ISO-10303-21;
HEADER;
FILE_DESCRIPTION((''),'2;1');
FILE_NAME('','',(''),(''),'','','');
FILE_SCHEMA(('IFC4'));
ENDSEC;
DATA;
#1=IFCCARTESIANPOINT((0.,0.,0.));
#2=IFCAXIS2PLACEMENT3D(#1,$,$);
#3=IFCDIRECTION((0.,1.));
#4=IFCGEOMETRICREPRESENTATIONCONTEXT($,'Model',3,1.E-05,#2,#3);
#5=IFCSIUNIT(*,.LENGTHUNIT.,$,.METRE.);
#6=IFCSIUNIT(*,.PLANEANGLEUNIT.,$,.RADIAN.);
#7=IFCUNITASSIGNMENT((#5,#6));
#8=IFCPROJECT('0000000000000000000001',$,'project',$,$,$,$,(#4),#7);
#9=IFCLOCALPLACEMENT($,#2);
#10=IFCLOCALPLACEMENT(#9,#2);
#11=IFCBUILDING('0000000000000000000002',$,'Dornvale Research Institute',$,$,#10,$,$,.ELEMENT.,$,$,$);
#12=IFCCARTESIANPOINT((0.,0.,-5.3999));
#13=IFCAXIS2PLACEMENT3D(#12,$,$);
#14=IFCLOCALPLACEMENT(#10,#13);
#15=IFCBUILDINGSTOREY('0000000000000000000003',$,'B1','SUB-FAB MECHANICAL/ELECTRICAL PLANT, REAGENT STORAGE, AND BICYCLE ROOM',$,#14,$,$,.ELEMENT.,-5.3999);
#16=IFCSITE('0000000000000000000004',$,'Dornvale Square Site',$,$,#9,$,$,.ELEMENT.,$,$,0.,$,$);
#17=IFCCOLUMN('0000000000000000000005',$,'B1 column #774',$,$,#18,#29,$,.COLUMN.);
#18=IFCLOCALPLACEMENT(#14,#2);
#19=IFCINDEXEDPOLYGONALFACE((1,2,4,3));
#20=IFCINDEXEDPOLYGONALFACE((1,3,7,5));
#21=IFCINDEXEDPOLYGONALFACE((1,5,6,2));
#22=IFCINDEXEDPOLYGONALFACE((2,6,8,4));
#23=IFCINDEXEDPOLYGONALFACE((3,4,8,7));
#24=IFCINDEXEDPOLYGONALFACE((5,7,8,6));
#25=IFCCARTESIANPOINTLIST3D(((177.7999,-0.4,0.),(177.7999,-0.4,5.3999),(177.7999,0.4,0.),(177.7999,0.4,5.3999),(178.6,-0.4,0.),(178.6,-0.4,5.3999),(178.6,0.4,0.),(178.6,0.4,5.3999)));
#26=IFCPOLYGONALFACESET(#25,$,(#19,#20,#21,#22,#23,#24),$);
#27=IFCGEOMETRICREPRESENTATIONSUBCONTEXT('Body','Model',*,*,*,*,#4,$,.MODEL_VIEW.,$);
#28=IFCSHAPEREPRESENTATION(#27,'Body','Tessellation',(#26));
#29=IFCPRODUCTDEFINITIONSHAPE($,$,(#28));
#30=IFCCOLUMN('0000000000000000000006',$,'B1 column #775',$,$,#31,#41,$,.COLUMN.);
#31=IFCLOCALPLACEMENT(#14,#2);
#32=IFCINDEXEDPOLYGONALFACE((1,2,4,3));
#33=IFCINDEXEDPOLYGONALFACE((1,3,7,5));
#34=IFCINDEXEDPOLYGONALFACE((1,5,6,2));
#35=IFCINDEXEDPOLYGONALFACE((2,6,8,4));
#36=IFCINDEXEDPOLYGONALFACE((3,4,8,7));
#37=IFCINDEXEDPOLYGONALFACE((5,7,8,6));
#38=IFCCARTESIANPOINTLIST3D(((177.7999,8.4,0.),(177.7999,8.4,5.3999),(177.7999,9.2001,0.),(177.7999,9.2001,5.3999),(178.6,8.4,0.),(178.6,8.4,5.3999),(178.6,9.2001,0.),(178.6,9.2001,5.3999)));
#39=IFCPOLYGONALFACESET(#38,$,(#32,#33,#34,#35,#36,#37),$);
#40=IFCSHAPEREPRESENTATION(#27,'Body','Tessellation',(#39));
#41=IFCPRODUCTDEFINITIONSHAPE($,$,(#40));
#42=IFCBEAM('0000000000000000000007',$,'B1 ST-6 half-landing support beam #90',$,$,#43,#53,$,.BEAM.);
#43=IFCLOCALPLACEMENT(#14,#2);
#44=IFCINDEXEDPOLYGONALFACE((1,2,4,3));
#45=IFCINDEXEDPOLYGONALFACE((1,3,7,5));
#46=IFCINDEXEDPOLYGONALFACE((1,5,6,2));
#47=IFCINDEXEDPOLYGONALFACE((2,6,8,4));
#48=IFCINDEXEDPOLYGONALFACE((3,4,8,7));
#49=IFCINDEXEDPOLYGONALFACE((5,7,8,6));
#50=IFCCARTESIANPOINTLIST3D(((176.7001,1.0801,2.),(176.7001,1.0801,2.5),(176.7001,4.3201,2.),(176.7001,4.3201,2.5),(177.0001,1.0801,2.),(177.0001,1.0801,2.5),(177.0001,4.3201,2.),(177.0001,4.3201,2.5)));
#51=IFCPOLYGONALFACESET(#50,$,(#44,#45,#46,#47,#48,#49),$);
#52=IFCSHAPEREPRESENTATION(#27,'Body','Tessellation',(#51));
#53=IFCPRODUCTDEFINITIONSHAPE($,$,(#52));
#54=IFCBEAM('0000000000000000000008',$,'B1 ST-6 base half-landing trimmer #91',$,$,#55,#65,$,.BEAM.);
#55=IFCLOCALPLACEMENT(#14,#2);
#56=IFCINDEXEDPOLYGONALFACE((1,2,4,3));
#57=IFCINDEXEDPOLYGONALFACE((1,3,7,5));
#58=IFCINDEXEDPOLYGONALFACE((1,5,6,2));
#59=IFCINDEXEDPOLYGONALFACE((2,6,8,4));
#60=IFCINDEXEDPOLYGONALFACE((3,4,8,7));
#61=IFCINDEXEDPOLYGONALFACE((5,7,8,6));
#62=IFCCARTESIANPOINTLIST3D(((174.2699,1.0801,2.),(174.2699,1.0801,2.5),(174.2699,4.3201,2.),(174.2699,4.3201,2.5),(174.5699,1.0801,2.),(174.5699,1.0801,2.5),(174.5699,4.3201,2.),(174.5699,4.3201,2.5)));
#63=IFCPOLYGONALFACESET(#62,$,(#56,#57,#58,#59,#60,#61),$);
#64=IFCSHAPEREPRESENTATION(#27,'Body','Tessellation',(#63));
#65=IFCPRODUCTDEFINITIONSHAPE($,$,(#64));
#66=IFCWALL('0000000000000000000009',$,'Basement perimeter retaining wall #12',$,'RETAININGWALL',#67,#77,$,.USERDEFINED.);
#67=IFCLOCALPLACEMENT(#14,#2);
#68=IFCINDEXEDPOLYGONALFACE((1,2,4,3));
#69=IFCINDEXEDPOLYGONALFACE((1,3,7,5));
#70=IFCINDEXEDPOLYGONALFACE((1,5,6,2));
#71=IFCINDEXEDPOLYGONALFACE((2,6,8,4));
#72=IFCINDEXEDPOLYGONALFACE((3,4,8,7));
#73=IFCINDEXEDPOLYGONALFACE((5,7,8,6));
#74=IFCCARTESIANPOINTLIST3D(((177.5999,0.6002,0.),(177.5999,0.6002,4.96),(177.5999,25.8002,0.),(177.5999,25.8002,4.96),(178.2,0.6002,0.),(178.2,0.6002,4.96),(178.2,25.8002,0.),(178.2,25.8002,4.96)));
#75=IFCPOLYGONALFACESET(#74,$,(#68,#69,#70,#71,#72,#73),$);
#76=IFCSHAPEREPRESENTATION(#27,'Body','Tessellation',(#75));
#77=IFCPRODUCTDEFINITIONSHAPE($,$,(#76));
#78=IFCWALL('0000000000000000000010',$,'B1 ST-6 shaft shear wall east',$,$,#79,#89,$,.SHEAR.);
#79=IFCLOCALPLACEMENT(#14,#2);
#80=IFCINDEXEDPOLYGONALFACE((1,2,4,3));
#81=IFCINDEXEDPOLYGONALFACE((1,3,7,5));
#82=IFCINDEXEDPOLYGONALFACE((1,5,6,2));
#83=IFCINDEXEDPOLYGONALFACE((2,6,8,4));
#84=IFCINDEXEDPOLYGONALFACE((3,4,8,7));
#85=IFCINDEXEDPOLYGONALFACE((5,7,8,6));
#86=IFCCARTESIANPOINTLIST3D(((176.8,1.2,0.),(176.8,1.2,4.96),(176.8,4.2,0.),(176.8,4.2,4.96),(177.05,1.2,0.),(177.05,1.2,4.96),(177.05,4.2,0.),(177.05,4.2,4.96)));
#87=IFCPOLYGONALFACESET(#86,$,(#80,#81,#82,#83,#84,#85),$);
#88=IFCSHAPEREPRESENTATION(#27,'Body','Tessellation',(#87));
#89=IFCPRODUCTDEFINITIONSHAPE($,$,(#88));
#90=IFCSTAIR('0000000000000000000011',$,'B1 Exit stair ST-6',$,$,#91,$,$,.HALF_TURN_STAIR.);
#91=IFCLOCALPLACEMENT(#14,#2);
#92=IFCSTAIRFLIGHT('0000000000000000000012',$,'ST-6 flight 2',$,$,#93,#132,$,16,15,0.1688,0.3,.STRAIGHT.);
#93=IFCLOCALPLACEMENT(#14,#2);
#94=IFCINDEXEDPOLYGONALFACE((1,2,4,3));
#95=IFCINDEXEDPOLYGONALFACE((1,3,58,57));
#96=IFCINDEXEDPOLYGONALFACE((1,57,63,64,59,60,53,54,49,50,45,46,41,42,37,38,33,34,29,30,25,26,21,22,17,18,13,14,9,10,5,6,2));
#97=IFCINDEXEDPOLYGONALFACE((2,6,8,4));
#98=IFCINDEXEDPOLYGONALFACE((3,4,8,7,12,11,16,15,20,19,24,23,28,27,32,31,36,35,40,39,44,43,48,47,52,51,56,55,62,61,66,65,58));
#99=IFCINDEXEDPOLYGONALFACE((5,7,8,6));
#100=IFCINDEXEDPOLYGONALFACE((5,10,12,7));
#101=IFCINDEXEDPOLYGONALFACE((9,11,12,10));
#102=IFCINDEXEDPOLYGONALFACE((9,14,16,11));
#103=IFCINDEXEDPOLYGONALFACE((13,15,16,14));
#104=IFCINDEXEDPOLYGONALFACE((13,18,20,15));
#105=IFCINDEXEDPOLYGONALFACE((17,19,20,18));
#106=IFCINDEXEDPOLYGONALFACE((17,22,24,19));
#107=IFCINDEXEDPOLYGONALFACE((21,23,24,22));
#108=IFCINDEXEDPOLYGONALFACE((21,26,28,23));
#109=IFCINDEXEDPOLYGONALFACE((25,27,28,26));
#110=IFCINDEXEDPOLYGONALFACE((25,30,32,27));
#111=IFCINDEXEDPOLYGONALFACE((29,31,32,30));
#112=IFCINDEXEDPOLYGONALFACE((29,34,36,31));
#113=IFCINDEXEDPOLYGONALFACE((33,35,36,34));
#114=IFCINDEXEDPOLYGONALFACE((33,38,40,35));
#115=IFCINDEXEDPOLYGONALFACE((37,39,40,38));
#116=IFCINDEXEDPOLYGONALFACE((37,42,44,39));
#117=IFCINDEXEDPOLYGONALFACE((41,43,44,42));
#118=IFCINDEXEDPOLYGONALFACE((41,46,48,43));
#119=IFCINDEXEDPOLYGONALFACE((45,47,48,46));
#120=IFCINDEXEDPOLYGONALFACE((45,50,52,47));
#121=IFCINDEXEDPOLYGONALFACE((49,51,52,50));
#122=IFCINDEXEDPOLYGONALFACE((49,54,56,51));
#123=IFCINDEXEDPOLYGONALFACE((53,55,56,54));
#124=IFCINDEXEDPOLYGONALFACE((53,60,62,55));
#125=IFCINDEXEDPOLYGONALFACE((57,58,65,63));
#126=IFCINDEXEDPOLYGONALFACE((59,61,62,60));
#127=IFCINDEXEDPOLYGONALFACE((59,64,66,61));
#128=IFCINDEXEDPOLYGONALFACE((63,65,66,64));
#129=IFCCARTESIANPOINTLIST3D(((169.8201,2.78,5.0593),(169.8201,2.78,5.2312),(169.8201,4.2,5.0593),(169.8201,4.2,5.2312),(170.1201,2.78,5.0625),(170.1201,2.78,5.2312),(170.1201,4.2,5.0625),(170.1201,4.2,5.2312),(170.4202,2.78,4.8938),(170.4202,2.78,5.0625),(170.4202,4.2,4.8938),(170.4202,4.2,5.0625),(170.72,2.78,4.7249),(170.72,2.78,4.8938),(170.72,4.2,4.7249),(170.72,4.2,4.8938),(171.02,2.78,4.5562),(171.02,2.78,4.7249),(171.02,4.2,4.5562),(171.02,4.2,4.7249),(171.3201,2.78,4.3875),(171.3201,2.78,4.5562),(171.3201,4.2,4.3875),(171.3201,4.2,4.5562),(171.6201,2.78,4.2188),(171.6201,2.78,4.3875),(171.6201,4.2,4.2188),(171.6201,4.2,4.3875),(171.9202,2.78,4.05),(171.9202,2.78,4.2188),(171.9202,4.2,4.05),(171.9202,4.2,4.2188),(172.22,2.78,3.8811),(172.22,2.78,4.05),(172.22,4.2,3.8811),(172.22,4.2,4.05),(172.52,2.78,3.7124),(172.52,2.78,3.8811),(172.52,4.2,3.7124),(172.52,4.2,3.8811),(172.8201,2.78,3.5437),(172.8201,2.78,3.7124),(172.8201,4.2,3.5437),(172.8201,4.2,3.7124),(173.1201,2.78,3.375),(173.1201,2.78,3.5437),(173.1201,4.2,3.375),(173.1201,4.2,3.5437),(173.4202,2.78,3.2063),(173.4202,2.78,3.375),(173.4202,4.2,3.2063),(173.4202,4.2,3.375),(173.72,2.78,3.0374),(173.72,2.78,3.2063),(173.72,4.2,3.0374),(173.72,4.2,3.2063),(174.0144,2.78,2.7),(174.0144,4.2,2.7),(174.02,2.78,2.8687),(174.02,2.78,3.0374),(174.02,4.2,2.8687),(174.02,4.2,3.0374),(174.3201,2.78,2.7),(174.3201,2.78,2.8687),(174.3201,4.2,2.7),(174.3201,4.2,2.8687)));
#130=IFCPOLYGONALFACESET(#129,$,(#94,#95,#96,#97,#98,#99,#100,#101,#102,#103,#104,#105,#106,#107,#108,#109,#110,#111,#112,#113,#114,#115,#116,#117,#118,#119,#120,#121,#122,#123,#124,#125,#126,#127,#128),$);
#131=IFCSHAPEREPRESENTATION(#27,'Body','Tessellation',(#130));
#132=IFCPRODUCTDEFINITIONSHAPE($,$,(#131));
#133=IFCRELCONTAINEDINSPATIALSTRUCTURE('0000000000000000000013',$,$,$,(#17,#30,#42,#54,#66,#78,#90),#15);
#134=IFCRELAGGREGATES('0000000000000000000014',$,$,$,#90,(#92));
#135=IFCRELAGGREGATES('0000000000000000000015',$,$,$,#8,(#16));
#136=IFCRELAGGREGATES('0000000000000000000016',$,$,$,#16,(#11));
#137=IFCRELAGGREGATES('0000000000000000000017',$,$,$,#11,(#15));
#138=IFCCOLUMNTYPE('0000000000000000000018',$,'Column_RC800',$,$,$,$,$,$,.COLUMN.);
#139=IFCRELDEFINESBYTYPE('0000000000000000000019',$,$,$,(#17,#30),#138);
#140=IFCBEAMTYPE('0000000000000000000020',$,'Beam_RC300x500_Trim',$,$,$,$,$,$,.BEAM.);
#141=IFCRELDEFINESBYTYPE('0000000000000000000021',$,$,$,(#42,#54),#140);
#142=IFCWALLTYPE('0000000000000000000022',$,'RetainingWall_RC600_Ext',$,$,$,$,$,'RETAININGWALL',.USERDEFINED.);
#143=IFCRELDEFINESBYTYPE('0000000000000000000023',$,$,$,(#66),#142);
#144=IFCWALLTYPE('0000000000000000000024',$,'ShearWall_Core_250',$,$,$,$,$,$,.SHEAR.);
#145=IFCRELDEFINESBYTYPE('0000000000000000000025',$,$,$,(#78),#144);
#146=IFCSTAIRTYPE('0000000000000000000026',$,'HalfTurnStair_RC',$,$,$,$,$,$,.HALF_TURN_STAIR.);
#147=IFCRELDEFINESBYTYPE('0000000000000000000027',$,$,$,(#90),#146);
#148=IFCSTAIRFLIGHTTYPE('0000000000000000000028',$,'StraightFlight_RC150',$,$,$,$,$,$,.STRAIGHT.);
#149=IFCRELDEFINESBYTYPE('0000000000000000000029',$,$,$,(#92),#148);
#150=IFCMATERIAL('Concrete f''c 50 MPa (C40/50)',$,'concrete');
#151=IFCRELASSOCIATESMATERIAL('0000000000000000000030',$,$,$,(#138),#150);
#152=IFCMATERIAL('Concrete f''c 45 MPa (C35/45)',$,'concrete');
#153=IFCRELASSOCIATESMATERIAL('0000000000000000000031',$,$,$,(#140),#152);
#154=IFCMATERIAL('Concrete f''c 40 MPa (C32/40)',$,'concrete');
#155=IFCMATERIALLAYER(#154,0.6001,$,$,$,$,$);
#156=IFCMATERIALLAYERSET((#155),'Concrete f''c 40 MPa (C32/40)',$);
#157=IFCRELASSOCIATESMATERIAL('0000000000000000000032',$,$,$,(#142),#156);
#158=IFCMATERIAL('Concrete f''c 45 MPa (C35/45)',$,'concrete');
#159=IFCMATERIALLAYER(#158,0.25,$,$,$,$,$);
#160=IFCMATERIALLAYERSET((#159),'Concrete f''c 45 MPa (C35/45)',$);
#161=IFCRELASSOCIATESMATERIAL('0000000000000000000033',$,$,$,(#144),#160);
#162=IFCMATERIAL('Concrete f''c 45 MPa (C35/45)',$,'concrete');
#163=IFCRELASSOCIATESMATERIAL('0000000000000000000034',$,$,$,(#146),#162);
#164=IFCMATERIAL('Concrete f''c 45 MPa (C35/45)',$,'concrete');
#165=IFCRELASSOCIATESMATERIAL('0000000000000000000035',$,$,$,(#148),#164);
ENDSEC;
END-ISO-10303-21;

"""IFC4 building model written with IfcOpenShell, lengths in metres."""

from ifc_helpers import new_model, si_unit, direction, frame, frame_2d, origin, origin_2d, place, context, subcontext, project, spatial, polyline, rectangle, outline, extrude, material, layer, layer_set, material_profile, profile_set, type_object, element, aggregate, save


model = new_model("IFC4")

# Units and contexts
model_context = context("Model", 3, precision=1e-05, world=origin(), true_north=direction((0.0, 1.0)))
body_context = subcontext(model_context, "Body", "Model", "MODEL_VIEW")
ifc_project = project(units=[si_unit("LENGTHUNIT", "METRE"), si_unit("PLANEANGLEUNIT", "RADIAN")], contexts=[model_context])

# Site, building, storey
site_placement = place(None, origin())
site = spatial("IfcSite", under=ifc_project, at=site_placement, Name="Dornvale Square Site", CompositionType="ELEMENT", RefElevation=0.0)
building_placement = place(site_placement, origin())
building = spatial("IfcBuilding", under=site, at=building_placement, Name="Dornvale Research Institute", CompositionType="ELEMENT")
storey_placement = place(building_placement, frame((0.0, 0.0, -5.3999)))
storey = spatial("IfcBuildingStorey", under=building, at=storey_placement, Name="B1", Description="SUB-FAB MECHANICAL/ELECTRICAL PLANT, REAGENT STORAGE, AND BICYCLE ROOM", CompositionType="ELEMENT", Elevation=-5.3999)

# Columns
ifc_material_1 = material(Name="Concrete f'c 50 MPa (C40/50)", Category="concrete")
ifc_material_profile_1 = material_profile(ifc_material_1, rectangle(XDim=0.8, YDim=0.8, at=origin_2d()), Name="RC 800x800")
ifc_profile_set_1 = profile_set([ifc_material_profile_1], Name="Concrete f'c 50 MPa (C40/50)")
column_type = type_object("IfcColumnType", Name="Column_RC800", PredefinedType="COLUMN", material=ifc_profile_set_1)
for number, where, z_axis, x_axis, name in (
    (1, (178.2, 0.0, 0.0), (0.0, 0.0, 1.0), (1.0, 0.0, 0.0), "B1 column #774"),
    (2, (178.2, 8.8, 0.0), (0.0, 0.0, 1.0), (1.0, 0.0, 0.0), "B1 column #775"),
):
    element("IfcColumn", number, at=place(storey_placement, frame(where, z_axis=z_axis, x_axis=x_axis)), inside=storey, type_object=column_type, Name=name, PredefinedType="COLUMN", context=body_context, shape_type="SweptSolid", body=[
        extrude(rectangle(XDim=0.8, YDim=0.8, at=origin_2d()), origin(), (0.0, 0.0, 1.0), 5.3999),
    ])

# Beams
ifc_material_2 = material(Name="Concrete f'c 45 MPa (C35/45)", Category="concrete")
ifc_material_profile_2 = material_profile(ifc_material_2, rectangle(XDim=0.3, YDim=0.5, at=origin_2d()), Name="RC 300x500")
ifc_profile_set_2 = profile_set([ifc_material_profile_2], Name="Concrete f'c 45 MPa (C35/45)")
beam_type = type_object("IfcBeamType", Name="Beam_RC300x500_Trim", PredefinedType="BEAM", material=ifc_profile_set_2)
for number, where, z_axis, x_axis, name in (
    (3, (176.8501, 1.0801, 2.25), (0.0, 1.0, 0.0), (-1.0, 0.0, 0.0), "B1 ST-6 half-landing support beam #90"),
    (4, (174.4199, 1.0801, 2.25), (0.0, 1.0, 0.0), (-1.0, 0.0, 0.0), "B1 ST-6 base half-landing trimmer #91"),
):
    element("IfcBeam", number, at=place(storey_placement, frame(where, z_axis=z_axis, x_axis=x_axis)), inside=storey, type_object=beam_type, Name=name, PredefinedType="BEAM", context=body_context, shape_type="SweptSolid", body=[
        extrude(rectangle(XDim=0.3, YDim=0.5, at=origin_2d()), origin(), (0.0, 0.0, 1.0), 3.24),
    ])

# Walls
ifc_material_3 = material(Name="Concrete f'c 40 MPa (C32/40)", Category="concrete")
ifc_layer_1 = layer(ifc_material_3, 0.6001)
ifc_layer_set_1 = layer_set([ifc_layer_1], Name="Concrete f'c 40 MPa (C32/40)")
wall_type_1 = type_object("IfcWallType", Name="RetainingWall_RC600_Ext", ElementType="RETAININGWALL", PredefinedType="USERDEFINED", material=ifc_layer_set_1)
wall_1_placement = place(storey_placement, frame((177.8999, 0.6001, 0.0), z_axis=(0.0, 0.0, 1.0), x_axis=(0.0, 1.0, 0.0)))
element("IfcWall", 5, at=wall_1_placement, inside=storey, type_object=wall_type_1, Name="Basement perimeter retaining wall #12", ObjectType="RETAININGWALL", PredefinedType="USERDEFINED", context=body_context, shape_type="SweptSolid", body=[
    extrude(rectangle(XDim=25.2, YDim=0.6001, at=frame_2d((12.6001, 0.0))), origin(), (0.0, 0.0, 1.0), 4.96),
])
ifc_material_4 = material(Name="Concrete f'c 45 MPa (C35/45)", Category="concrete")
ifc_layer_2 = layer(ifc_material_4, 0.25)
ifc_layer_set_2 = layer_set([ifc_layer_2], Name="Concrete f'c 45 MPa (C35/45)")
wall_type_2 = type_object("IfcWallType", Name="ShearWall_Core_250", PredefinedType="SHEAR", material=ifc_layer_set_2)
wall_2_placement = place(storey_placement, frame((176.925, 1.2, 0.0), z_axis=(0.0, 0.0, 1.0), x_axis=(0.0, 1.0, 0.0)))
element("IfcWall", 6, at=wall_2_placement, inside=storey, type_object=wall_type_2, Name="B1 ST-6 shaft shear wall east", PredefinedType="SHEAR", context=body_context, shape_type="SweptSolid", body=[
    extrude(rectangle(XDim=3.0, YDim=0.25, at=frame_2d((1.5, 0.0))), origin(), (0.0, 0.0, 1.0), 4.96),
])

# Stair, stair flight
ifc_material_5 = material(Name="Concrete f'c 45 MPa (C35/45)", Category="concrete")
stair_type = type_object("IfcStairType", Name="HalfTurnStair_RC", PredefinedType="HALF_TURN_STAIR", material=ifc_material_5)
stair_placement = place(storey_placement, origin())
stair = element("IfcStair", 7, at=stair_placement, inside=storey, type_object=stair_type, Name="B1 Exit stair ST-6", PredefinedType="HALF_TURN_STAIR")
ifc_material_6 = material(Name="Concrete f'c 45 MPa (C35/45)", Category="concrete")
stair_flight_type = type_object("IfcStairFlightType", Name="StraightFlight_RC150", PredefinedType="STRAIGHT", material=ifc_material_6)
stair_flight_placement = place(storey_placement, frame((174.3201, 3.49, 2.7), z_axis=(0.0, 0.0, 1.0), x_axis=(-1.0, 0.0, 0.0)))
stair_flight = element("IfcStairFlight", 8, at=stair_flight_placement, type_object=stair_flight_type, Name="ST-6 flight 2", NumberOfRisers=16, NumberOfTreads=15, PredefinedType="STRAIGHT", RiserHeight=0.1688, TreadLength=0.3, context=body_context, shape_type="SweptSolid", body=[
    extrude(outline(polyline([(0.0, 0.0), (0.0, 0.1687), (0.3, 0.1687), (0.3, 0.3374), (0.6001, 0.3374), (0.6001, 0.5063), (0.8999, 0.5063), (0.8999, 0.675), (1.2, 0.675), (1.2, 0.8438), (1.5, 0.8438), (1.5, 1.0125), (1.8, 1.0125), (1.8, 1.1812), (2.1001, 1.1812), (2.1001, 1.3501), (2.3999, 1.3501), (2.3999, 1.5188), (2.7, 1.5188), (2.7, 1.6875), (3.0, 1.6875), (3.0, 1.8562), (3.3, 1.8562), (3.3, 2.0249), (3.6001, 2.0249), (3.6001, 2.1938), (3.8999, 2.1938), (3.8999, 2.3625), (4.2, 2.3625), (4.2, 2.5312), (4.5, 2.5312), (4.5, 2.7), (4.5, 2.3594), (0.3057, 0.0), (0.0, 0.0)])), frame((0.0, 0.71, 0.0), z_axis=(0.0, -1.0, 0.0), x_axis=(1.0, 0.0, 0.0)), (0.0, 0.0, 1.0), 1.4199),
])
aggregate(stair, [stair_flight])

save(model, "model.ifc")
